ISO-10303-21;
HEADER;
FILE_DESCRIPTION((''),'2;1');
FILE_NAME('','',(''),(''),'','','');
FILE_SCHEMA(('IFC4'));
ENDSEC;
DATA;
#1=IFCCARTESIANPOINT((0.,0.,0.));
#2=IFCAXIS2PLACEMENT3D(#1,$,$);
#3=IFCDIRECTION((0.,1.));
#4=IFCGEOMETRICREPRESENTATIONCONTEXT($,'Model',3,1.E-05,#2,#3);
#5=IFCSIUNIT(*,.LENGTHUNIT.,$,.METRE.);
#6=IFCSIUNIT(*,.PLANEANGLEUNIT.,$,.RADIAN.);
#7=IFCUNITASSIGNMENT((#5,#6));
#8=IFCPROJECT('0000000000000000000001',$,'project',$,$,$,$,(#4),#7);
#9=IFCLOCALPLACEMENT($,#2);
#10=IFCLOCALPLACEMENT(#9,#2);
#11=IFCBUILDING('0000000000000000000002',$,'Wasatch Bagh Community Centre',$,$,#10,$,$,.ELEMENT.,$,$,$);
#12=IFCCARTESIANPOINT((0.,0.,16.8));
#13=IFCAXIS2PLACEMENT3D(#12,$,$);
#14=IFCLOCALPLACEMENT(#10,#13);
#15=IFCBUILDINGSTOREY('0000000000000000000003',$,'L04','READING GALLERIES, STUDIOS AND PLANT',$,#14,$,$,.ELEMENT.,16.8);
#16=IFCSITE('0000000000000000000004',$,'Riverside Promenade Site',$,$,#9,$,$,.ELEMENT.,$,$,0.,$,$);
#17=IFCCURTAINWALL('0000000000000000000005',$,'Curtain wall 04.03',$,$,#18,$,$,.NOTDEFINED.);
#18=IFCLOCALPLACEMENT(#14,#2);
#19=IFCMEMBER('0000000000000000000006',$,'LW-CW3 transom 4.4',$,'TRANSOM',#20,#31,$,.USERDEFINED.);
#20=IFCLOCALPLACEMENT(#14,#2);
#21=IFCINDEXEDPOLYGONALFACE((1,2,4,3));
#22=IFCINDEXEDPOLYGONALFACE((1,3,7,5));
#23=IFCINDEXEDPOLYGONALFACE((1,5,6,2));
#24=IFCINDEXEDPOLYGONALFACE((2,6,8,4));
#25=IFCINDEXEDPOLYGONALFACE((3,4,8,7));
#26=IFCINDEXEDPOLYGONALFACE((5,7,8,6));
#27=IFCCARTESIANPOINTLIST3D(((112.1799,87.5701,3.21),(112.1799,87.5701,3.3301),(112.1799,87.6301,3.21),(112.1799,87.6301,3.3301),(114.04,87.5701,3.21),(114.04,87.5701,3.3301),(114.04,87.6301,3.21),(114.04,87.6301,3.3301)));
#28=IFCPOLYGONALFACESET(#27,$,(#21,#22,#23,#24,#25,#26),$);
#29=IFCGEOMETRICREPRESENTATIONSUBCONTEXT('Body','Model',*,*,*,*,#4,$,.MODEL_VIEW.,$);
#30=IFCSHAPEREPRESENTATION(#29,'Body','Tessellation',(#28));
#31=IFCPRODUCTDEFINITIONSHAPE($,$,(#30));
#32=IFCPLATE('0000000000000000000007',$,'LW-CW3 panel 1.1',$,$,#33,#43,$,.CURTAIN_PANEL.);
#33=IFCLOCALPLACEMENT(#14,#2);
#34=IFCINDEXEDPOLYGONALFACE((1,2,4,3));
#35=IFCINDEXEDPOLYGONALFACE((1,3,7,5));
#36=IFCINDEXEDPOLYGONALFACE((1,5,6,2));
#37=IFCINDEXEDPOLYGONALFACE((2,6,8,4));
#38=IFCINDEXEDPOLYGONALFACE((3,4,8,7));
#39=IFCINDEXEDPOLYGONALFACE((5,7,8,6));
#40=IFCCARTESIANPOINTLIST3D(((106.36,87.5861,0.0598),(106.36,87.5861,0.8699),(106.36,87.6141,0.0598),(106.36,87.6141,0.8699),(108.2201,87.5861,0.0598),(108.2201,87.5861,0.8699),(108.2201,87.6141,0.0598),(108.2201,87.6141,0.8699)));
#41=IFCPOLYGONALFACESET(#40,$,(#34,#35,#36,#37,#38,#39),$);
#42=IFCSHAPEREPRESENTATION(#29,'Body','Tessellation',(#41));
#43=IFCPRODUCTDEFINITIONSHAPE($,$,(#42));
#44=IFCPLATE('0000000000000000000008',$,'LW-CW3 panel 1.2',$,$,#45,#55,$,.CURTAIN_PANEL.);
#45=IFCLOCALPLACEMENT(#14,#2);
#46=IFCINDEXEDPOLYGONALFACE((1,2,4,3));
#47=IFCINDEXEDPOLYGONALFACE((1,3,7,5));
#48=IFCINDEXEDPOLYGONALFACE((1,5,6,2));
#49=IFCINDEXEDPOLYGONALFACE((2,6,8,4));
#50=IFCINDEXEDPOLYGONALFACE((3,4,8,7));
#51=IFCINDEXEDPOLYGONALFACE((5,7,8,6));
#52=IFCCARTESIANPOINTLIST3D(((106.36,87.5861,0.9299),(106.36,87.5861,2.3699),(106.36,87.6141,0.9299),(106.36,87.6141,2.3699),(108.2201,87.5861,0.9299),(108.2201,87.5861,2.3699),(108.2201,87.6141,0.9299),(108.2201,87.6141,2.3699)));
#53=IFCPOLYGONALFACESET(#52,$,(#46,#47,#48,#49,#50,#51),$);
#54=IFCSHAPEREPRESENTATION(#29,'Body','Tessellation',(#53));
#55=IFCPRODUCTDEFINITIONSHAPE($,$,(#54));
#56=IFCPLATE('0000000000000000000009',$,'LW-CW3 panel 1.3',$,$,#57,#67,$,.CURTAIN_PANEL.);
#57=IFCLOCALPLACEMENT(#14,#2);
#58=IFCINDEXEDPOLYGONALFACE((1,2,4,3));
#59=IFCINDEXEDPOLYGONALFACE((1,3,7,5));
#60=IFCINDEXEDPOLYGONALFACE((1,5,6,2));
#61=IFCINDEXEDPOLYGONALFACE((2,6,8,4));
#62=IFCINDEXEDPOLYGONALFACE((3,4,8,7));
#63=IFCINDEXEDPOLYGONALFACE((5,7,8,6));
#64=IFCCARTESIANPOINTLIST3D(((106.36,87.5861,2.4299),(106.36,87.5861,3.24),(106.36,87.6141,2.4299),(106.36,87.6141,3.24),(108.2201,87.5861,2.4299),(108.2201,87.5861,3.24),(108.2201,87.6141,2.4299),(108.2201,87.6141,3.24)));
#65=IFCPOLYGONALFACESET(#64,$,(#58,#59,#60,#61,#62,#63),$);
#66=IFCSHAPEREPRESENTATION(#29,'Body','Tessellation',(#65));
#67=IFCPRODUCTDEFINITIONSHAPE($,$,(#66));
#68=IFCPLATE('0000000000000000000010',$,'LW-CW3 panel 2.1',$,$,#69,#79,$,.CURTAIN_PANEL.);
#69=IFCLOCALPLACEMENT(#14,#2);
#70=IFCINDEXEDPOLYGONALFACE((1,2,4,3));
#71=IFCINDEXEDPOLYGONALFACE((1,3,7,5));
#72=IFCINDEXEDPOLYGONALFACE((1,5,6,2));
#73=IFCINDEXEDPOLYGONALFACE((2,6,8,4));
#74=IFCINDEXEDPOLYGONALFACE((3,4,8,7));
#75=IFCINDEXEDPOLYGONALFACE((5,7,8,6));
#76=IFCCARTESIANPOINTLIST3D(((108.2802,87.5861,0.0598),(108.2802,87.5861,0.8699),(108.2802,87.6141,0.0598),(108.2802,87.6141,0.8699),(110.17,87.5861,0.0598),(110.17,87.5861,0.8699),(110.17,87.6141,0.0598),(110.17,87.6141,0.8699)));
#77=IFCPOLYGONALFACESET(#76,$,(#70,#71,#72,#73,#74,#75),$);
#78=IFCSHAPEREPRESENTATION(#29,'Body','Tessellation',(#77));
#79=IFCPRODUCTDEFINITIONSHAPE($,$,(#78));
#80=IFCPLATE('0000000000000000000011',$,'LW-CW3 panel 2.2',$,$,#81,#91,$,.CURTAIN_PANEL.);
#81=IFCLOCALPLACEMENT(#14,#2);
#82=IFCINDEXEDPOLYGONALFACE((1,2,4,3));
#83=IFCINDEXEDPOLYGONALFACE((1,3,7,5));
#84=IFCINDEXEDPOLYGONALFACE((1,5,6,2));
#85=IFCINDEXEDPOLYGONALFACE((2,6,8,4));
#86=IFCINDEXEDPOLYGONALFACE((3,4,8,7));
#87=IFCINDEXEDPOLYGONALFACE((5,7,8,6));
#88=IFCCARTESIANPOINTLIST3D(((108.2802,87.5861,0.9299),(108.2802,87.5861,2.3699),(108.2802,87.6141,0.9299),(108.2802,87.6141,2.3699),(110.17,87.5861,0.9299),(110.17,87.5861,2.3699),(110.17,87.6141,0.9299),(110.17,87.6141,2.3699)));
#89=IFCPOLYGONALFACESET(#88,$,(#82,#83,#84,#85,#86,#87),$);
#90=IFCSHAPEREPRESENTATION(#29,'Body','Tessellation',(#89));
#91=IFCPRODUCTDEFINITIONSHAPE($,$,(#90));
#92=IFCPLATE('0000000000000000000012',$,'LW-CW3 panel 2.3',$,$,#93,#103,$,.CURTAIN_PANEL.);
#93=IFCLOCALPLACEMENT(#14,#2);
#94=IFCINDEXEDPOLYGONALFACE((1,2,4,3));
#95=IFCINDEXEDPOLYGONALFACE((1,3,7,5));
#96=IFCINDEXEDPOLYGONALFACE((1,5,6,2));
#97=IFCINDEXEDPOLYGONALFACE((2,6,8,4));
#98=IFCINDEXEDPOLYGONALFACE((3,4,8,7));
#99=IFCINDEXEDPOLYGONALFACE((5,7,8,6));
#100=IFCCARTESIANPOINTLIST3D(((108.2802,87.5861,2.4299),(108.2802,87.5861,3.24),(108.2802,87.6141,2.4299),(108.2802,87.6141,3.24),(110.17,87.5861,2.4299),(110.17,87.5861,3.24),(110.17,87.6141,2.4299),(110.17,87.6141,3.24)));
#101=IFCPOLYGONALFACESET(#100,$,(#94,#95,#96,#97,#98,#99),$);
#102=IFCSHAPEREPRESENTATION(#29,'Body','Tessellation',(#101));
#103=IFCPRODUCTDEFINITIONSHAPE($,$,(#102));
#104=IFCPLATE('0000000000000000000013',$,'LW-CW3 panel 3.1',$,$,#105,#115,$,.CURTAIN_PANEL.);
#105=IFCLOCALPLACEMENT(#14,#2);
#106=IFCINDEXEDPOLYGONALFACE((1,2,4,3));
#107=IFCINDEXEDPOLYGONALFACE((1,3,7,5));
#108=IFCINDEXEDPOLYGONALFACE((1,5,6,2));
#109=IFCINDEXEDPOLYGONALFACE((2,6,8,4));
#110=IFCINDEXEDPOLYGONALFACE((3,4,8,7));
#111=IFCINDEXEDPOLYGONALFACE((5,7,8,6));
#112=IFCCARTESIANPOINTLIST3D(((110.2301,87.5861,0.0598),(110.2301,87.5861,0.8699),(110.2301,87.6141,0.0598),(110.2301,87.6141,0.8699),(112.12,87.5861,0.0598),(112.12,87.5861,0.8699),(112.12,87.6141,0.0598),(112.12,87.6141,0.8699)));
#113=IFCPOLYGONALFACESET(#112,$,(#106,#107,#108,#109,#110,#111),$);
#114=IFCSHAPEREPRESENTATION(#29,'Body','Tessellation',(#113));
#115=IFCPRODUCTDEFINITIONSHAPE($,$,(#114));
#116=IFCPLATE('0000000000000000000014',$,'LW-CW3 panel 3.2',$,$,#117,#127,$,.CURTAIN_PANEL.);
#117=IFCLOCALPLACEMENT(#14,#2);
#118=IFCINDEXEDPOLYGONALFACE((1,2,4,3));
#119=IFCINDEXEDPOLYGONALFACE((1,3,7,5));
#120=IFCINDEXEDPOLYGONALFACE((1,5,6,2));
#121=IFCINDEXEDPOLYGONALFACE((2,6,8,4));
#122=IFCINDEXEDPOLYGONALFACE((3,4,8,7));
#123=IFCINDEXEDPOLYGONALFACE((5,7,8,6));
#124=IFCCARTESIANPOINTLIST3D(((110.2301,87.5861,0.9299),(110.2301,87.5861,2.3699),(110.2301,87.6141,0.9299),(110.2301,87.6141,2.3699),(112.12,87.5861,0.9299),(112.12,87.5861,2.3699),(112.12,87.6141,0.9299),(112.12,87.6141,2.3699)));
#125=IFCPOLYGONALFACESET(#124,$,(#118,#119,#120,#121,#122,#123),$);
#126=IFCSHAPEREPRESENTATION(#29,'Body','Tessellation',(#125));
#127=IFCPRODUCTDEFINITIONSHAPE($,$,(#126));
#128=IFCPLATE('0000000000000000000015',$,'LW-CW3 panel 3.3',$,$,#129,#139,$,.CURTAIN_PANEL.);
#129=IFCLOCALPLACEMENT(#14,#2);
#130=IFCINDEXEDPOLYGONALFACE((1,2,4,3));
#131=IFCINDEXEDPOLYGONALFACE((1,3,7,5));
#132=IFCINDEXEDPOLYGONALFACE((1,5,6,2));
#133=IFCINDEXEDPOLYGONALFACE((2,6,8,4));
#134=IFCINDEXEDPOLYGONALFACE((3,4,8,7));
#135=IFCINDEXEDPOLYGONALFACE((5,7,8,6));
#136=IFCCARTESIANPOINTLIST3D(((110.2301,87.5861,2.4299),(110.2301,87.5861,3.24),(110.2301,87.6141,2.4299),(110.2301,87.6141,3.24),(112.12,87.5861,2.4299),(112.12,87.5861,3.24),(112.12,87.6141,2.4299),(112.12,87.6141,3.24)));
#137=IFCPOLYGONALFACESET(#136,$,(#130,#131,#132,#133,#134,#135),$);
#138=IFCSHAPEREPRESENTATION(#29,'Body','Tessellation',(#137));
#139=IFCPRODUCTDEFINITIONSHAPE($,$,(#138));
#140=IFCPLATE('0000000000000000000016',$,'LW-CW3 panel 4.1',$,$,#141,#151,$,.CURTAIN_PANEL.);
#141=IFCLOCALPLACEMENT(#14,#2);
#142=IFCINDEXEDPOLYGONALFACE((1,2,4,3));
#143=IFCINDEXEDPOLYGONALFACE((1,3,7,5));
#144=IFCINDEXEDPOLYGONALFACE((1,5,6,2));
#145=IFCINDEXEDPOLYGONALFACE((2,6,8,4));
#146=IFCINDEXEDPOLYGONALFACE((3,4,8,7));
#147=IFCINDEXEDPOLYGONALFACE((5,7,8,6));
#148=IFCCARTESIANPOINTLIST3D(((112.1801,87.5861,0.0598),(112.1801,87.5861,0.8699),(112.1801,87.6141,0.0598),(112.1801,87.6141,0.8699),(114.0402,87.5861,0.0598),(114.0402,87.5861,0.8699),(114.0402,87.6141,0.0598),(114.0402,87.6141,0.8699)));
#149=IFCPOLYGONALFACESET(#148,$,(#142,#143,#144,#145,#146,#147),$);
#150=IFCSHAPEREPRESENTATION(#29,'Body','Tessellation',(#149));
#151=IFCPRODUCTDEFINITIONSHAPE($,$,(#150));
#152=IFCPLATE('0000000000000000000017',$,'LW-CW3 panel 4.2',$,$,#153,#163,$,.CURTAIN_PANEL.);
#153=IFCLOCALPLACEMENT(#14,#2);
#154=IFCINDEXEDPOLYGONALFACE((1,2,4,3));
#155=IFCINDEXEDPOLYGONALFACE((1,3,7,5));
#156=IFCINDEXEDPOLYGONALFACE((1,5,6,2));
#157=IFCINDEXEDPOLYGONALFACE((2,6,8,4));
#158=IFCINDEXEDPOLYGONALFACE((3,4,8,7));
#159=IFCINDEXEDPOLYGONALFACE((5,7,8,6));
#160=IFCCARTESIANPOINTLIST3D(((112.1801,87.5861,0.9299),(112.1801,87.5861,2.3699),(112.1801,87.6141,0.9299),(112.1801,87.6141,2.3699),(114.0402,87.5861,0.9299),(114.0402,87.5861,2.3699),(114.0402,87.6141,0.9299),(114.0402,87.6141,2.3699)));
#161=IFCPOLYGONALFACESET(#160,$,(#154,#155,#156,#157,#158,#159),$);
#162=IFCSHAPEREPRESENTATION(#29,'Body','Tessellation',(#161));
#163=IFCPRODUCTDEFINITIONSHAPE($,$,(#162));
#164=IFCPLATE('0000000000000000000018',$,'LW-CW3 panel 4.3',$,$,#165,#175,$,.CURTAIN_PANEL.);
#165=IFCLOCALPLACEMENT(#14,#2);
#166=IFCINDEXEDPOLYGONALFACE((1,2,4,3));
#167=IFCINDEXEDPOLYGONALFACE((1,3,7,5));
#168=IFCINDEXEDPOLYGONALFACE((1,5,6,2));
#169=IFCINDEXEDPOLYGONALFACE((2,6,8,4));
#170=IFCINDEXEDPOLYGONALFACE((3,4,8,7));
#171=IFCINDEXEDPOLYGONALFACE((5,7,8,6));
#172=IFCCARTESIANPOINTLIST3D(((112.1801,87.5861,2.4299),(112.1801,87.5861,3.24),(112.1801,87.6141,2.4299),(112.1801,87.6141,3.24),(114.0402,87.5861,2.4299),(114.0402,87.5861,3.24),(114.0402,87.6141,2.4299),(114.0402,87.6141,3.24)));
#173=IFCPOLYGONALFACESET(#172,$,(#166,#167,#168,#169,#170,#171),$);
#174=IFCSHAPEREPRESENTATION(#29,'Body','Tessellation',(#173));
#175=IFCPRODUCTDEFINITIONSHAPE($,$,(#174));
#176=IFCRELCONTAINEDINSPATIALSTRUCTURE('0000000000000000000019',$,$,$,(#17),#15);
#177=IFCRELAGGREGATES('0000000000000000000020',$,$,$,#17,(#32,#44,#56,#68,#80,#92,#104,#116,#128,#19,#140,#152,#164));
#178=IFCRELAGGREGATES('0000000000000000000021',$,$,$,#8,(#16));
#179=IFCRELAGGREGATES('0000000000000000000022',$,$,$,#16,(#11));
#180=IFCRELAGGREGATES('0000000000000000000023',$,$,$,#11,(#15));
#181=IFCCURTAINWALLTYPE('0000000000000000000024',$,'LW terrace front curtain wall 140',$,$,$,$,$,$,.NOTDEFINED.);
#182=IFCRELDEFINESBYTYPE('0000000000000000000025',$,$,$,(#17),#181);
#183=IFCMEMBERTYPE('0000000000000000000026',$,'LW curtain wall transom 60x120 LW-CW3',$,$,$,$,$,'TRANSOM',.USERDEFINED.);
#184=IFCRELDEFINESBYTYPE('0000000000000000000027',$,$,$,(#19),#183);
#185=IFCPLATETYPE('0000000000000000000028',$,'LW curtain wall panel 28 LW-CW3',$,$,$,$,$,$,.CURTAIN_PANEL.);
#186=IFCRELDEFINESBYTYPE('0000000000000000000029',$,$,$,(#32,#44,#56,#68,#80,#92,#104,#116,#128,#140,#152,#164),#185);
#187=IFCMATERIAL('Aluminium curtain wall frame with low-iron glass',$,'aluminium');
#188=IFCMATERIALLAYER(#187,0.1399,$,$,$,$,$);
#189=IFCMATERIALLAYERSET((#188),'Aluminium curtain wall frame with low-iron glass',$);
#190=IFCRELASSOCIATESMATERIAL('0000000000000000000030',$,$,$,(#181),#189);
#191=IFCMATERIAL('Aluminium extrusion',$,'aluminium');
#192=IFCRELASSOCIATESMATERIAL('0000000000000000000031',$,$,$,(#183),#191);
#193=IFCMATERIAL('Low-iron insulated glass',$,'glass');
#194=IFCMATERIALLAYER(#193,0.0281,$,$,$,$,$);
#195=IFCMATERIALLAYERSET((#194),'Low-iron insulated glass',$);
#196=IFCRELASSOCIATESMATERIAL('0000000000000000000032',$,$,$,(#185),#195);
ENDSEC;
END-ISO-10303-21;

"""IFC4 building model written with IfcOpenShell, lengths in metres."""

from ifc_helpers import new_model, si_unit, direction, frame, origin, origin_2d, place, context, subcontext, project, spatial, rectangle, extrude, material, layer, layer_set, material_profile, profile_set, type_object, element, aggregate, save


model = new_model("IFC4")

# Units and contexts
model_context = context("Model", 3, precision=1e-05, world=origin(), true_north=direction((0.0, 1.0)))
body_context = subcontext(model_context, "Body", "Model", "MODEL_VIEW")
ifc_project = project(units=[si_unit("LENGTHUNIT", "METRE"), si_unit("PLANEANGLEUNIT", "RADIAN")], contexts=[model_context])

# Site, building, storey
site_placement = place(None, origin())
site = spatial("IfcSite", under=ifc_project, at=site_placement, Name="Riverside Promenade Site", CompositionType="ELEMENT", RefElevation=0.0)
building_placement = place(site_placement, origin())
building = spatial("IfcBuilding", under=site, at=building_placement, Name="Wasatch Bagh Community Centre", CompositionType="ELEMENT")
storey_placement = place(building_placement, frame((0.0, 0.0, 16.8)))
storey = spatial("IfcBuildingStorey", under=building, at=storey_placement, Name="L04", Description="READING GALLERIES, STUDIOS AND PLANT", CompositionType="ELEMENT", Elevation=16.8)

# Curtain wall, member, plates
ifc_material_1 = material(Name="Aluminium curtain wall frame with low-iron glass", Category="aluminium")
ifc_layer_1 = layer(ifc_material_1, 0.1399)
ifc_layer_set_1 = layer_set([ifc_layer_1], Name="Aluminium curtain wall frame with low-iron glass")
curtain_wall_type = type_object("IfcCurtainWallType", Name="LW terrace front curtain wall 140", PredefinedType="NOTDEFINED", material=ifc_layer_set_1)
curtain_wall_placement = place(storey_placement, origin())
curtain_wall = element("IfcCurtainWall", 1, at=curtain_wall_placement, inside=storey, type_object=curtain_wall_type, Name="Curtain wall 04.03", PredefinedType="NOTDEFINED")
ifc_material_2 = material(Name="Aluminium extrusion", Category="aluminium")
ifc_material_profile_1 = material_profile(ifc_material_2, rectangle(XDim=0.0601, YDim=0.1201, at=origin_2d()), Name="AL 60x120")
ifc_profile_set_1 = profile_set([ifc_material_profile_1], Name="Aluminium extrusion")
member_type_1 = type_object("IfcMemberType", Name="LW curtain wall transom 60x120 LW-CW3", ElementType="TRANSOM", PredefinedType="USERDEFINED", material=ifc_profile_set_1)
member_1_placement = place(storey_placement, frame((112.1799, 87.6001, 3.27), z_axis=(1.0, 0.0, 0.0), x_axis=(0.0, 1.0, 0.0)))
member_1 = element("IfcMember", 2, at=member_1_placement, type_object=member_type_1, Name="LW-CW3 transom 4.4", ObjectType="TRANSOM", PredefinedType="USERDEFINED", context=body_context, shape_type="SweptSolid", body=[
    extrude(rectangle(XDim=0.0601, YDim=0.1201, at=origin_2d()), origin(), (0.0, 0.0, 1.0), 1.8601),
])
ifc_material_3 = material(Name="Low-iron insulated glass", Category="glass")
ifc_layer_2 = layer(ifc_material_3, 0.0281)
ifc_layer_set_2 = layer_set([ifc_layer_2], Name="Low-iron insulated glass")
plate_type = type_object("IfcPlateType", Name="LW curtain wall panel 28 LW-CW3", PredefinedType="CURTAIN_PANEL", material=ifc_layer_set_2)
plate_1_placement = place(storey_placement, frame((107.29, 87.6001, 0.0598), z_axis=(0.0, 0.0, 1.0), x_axis=(1.0, 0.0, 0.0)))
plate_1 = element("IfcPlate", 3, at=plate_1_placement, type_object=plate_type, Name="LW-CW3 panel 1.1", PredefinedType="CURTAIN_PANEL", context=body_context, shape_type="SweptSolid", body=[
    extrude(rectangle(XDim=1.8601, YDim=0.0281, at=origin_2d()), origin(), (0.0, 0.0, 1.0), 0.8101),
])
plate_2_placement = place(storey_placement, frame((107.29, 87.6001, 0.9299), z_axis=(0.0, 0.0, 1.0), x_axis=(1.0, 0.0, 0.0)))
plate_2 = element("IfcPlate", 4, at=plate_2_placement, type_object=plate_type, Name="LW-CW3 panel 1.2", PredefinedType="CURTAIN_PANEL", context=body_context, shape_type="SweptSolid", body=[
    extrude(rectangle(XDim=1.8601, YDim=0.0281, at=origin_2d()), origin(), (0.0, 0.0, 1.0), 1.4399),
])
plate_3_placement = place(storey_placement, frame((107.29, 87.6001, 2.4299), z_axis=(0.0, 0.0, 1.0), x_axis=(1.0, 0.0, 0.0)))
plate_3 = element("IfcPlate", 5, at=plate_3_placement, type_object=plate_type, Name="LW-CW3 panel 1.3", PredefinedType="CURTAIN_PANEL", context=body_context, shape_type="SweptSolid", body=[
    extrude(rectangle(XDim=1.8601, YDim=0.0281, at=origin_2d()), origin(), (0.0, 0.0, 1.0), 0.8101),
])
plate_4_placement = place(storey_placement, frame((109.2251, 87.6001, 0.0598), z_axis=(0.0, 0.0, 1.0), x_axis=(1.0, 0.0, 0.0)))
plate_4 = element("IfcPlate", 6, at=plate_4_placement, type_object=plate_type, Name="LW-CW3 panel 2.1", PredefinedType="CURTAIN_PANEL", context=body_context, shape_type="SweptSolid", body=[
    extrude(rectangle(XDim=1.8899, YDim=0.0281, at=origin_2d()), origin(), (0.0, 0.0, 1.0), 0.8101),
])
plate_5_placement = place(storey_placement, frame((109.2251, 87.6001, 0.9299), z_axis=(0.0, 0.0, 1.0), x_axis=(1.0, 0.0, 0.0)))
plate_5 = element("IfcPlate", 7, at=plate_5_placement, type_object=plate_type, Name="LW-CW3 panel 2.2", PredefinedType="CURTAIN_PANEL", context=body_context, shape_type="SweptSolid", body=[
    extrude(rectangle(XDim=1.8899, YDim=0.0281, at=origin_2d()), origin(), (0.0, 0.0, 1.0), 1.4399),
])
plate_6_placement = place(storey_placement, frame((109.2251, 87.6001, 2.4299), z_axis=(0.0, 0.0, 1.0), x_axis=(1.0, 0.0, 0.0)))
plate_6 = element("IfcPlate", 8, at=plate_6_placement, type_object=plate_type, Name="LW-CW3 panel 2.3", PredefinedType="CURTAIN_PANEL", context=body_context, shape_type="SweptSolid", body=[
    extrude(rectangle(XDim=1.8899, YDim=0.0281, at=origin_2d()), origin(), (0.0, 0.0, 1.0), 0.8101),
])
plate_7_placement = place(storey_placement, frame((111.175, 87.6001, 0.0598), z_axis=(0.0, 0.0, 1.0), x_axis=(1.0, 0.0, 0.0)))
plate_7 = element("IfcPlate", 9, at=plate_7_placement, type_object=plate_type, Name="LW-CW3 panel 3.1", PredefinedType="CURTAIN_PANEL", context=body_context, shape_type="SweptSolid", body=[
    extrude(rectangle(XDim=1.8899, YDim=0.0281, at=origin_2d()), origin(), (0.0, 0.0, 1.0), 0.8101),
])
plate_8_placement = place(storey_placement, frame((111.175, 87.6001, 0.9299), z_axis=(0.0, 0.0, 1.0), x_axis=(1.0, 0.0, 0.0)))
plate_8 = element("IfcPlate", 10, at=plate_8_placement, type_object=plate_type, Name="LW-CW3 panel 3.2", PredefinedType="CURTAIN_PANEL", context=body_context, shape_type="SweptSolid", body=[
    extrude(rectangle(XDim=1.8899, YDim=0.0281, at=origin_2d()), origin(), (0.0, 0.0, 1.0), 1.4399),
])
plate_9_placement = place(storey_placement, frame((111.175, 87.6001, 2.4299), z_axis=(0.0, 0.0, 1.0), x_axis=(1.0, 0.0, 0.0)))
plate_9 = element("IfcPlate", 11, at=plate_9_placement, type_object=plate_type, Name="LW-CW3 panel 3.3", PredefinedType="CURTAIN_PANEL", context=body_context, shape_type="SweptSolid", body=[
    extrude(rectangle(XDim=1.8899, YDim=0.0281, at=origin_2d()), origin(), (0.0, 0.0, 1.0), 0.8101),
])
plate_10_placement = place(storey_placement, frame((113.1101, 87.6001, 0.0598), z_axis=(0.0, 0.0, 1.0), x_axis=(1.0, 0.0, 0.0)))
plate_10 = element("IfcPlate", 12, at=plate_10_placement, type_object=plate_type, Name="LW-CW3 panel 4.1", PredefinedType="CURTAIN_PANEL", context=body_context, shape_type="SweptSolid", body=[
    extrude(rectangle(XDim=1.8601, YDim=0.0281, at=origin_2d()), origin(), (0.0, 0.0, 1.0), 0.8101),
])
plate_11_placement = place(storey_placement, frame((113.1101, 87.6001, 0.9299), z_axis=(0.0, 0.0, 1.0), x_axis=(1.0, 0.0, 0.0)))
plate_11 = element("IfcPlate", 13, at=plate_11_placement, type_object=plate_type, Name="LW-CW3 panel 4.2", PredefinedType="CURTAIN_PANEL", context=body_context, shape_type="SweptSolid", body=[
    extrude(rectangle(XDim=1.8601, YDim=0.0281, at=origin_2d()), origin(), (0.0, 0.0, 1.0), 1.4399),
])
plate_12_placement = place(storey_placement, frame((113.1101, 87.6001, 2.4299), z_axis=(0.0, 0.0, 1.0), x_axis=(1.0, 0.0, 0.0)))
plate_12 = element("IfcPlate", 14, at=plate_12_placement, type_object=plate_type, Name="LW-CW3 panel 4.3", PredefinedType="CURTAIN_PANEL", context=body_context, shape_type="SweptSolid", body=[
    extrude(rectangle(XDim=1.8601, YDim=0.0281, at=origin_2d()), origin(), (0.0, 0.0, 1.0), 0.8101),
])
aggregate(curtain_wall, [plate_1, plate_2, plate_3, plate_4, plate_5, plate_6, plate_7, plate_8, plate_9, member_1, plate_10, plate_11, plate_12])

save(model, "model.ifc")
